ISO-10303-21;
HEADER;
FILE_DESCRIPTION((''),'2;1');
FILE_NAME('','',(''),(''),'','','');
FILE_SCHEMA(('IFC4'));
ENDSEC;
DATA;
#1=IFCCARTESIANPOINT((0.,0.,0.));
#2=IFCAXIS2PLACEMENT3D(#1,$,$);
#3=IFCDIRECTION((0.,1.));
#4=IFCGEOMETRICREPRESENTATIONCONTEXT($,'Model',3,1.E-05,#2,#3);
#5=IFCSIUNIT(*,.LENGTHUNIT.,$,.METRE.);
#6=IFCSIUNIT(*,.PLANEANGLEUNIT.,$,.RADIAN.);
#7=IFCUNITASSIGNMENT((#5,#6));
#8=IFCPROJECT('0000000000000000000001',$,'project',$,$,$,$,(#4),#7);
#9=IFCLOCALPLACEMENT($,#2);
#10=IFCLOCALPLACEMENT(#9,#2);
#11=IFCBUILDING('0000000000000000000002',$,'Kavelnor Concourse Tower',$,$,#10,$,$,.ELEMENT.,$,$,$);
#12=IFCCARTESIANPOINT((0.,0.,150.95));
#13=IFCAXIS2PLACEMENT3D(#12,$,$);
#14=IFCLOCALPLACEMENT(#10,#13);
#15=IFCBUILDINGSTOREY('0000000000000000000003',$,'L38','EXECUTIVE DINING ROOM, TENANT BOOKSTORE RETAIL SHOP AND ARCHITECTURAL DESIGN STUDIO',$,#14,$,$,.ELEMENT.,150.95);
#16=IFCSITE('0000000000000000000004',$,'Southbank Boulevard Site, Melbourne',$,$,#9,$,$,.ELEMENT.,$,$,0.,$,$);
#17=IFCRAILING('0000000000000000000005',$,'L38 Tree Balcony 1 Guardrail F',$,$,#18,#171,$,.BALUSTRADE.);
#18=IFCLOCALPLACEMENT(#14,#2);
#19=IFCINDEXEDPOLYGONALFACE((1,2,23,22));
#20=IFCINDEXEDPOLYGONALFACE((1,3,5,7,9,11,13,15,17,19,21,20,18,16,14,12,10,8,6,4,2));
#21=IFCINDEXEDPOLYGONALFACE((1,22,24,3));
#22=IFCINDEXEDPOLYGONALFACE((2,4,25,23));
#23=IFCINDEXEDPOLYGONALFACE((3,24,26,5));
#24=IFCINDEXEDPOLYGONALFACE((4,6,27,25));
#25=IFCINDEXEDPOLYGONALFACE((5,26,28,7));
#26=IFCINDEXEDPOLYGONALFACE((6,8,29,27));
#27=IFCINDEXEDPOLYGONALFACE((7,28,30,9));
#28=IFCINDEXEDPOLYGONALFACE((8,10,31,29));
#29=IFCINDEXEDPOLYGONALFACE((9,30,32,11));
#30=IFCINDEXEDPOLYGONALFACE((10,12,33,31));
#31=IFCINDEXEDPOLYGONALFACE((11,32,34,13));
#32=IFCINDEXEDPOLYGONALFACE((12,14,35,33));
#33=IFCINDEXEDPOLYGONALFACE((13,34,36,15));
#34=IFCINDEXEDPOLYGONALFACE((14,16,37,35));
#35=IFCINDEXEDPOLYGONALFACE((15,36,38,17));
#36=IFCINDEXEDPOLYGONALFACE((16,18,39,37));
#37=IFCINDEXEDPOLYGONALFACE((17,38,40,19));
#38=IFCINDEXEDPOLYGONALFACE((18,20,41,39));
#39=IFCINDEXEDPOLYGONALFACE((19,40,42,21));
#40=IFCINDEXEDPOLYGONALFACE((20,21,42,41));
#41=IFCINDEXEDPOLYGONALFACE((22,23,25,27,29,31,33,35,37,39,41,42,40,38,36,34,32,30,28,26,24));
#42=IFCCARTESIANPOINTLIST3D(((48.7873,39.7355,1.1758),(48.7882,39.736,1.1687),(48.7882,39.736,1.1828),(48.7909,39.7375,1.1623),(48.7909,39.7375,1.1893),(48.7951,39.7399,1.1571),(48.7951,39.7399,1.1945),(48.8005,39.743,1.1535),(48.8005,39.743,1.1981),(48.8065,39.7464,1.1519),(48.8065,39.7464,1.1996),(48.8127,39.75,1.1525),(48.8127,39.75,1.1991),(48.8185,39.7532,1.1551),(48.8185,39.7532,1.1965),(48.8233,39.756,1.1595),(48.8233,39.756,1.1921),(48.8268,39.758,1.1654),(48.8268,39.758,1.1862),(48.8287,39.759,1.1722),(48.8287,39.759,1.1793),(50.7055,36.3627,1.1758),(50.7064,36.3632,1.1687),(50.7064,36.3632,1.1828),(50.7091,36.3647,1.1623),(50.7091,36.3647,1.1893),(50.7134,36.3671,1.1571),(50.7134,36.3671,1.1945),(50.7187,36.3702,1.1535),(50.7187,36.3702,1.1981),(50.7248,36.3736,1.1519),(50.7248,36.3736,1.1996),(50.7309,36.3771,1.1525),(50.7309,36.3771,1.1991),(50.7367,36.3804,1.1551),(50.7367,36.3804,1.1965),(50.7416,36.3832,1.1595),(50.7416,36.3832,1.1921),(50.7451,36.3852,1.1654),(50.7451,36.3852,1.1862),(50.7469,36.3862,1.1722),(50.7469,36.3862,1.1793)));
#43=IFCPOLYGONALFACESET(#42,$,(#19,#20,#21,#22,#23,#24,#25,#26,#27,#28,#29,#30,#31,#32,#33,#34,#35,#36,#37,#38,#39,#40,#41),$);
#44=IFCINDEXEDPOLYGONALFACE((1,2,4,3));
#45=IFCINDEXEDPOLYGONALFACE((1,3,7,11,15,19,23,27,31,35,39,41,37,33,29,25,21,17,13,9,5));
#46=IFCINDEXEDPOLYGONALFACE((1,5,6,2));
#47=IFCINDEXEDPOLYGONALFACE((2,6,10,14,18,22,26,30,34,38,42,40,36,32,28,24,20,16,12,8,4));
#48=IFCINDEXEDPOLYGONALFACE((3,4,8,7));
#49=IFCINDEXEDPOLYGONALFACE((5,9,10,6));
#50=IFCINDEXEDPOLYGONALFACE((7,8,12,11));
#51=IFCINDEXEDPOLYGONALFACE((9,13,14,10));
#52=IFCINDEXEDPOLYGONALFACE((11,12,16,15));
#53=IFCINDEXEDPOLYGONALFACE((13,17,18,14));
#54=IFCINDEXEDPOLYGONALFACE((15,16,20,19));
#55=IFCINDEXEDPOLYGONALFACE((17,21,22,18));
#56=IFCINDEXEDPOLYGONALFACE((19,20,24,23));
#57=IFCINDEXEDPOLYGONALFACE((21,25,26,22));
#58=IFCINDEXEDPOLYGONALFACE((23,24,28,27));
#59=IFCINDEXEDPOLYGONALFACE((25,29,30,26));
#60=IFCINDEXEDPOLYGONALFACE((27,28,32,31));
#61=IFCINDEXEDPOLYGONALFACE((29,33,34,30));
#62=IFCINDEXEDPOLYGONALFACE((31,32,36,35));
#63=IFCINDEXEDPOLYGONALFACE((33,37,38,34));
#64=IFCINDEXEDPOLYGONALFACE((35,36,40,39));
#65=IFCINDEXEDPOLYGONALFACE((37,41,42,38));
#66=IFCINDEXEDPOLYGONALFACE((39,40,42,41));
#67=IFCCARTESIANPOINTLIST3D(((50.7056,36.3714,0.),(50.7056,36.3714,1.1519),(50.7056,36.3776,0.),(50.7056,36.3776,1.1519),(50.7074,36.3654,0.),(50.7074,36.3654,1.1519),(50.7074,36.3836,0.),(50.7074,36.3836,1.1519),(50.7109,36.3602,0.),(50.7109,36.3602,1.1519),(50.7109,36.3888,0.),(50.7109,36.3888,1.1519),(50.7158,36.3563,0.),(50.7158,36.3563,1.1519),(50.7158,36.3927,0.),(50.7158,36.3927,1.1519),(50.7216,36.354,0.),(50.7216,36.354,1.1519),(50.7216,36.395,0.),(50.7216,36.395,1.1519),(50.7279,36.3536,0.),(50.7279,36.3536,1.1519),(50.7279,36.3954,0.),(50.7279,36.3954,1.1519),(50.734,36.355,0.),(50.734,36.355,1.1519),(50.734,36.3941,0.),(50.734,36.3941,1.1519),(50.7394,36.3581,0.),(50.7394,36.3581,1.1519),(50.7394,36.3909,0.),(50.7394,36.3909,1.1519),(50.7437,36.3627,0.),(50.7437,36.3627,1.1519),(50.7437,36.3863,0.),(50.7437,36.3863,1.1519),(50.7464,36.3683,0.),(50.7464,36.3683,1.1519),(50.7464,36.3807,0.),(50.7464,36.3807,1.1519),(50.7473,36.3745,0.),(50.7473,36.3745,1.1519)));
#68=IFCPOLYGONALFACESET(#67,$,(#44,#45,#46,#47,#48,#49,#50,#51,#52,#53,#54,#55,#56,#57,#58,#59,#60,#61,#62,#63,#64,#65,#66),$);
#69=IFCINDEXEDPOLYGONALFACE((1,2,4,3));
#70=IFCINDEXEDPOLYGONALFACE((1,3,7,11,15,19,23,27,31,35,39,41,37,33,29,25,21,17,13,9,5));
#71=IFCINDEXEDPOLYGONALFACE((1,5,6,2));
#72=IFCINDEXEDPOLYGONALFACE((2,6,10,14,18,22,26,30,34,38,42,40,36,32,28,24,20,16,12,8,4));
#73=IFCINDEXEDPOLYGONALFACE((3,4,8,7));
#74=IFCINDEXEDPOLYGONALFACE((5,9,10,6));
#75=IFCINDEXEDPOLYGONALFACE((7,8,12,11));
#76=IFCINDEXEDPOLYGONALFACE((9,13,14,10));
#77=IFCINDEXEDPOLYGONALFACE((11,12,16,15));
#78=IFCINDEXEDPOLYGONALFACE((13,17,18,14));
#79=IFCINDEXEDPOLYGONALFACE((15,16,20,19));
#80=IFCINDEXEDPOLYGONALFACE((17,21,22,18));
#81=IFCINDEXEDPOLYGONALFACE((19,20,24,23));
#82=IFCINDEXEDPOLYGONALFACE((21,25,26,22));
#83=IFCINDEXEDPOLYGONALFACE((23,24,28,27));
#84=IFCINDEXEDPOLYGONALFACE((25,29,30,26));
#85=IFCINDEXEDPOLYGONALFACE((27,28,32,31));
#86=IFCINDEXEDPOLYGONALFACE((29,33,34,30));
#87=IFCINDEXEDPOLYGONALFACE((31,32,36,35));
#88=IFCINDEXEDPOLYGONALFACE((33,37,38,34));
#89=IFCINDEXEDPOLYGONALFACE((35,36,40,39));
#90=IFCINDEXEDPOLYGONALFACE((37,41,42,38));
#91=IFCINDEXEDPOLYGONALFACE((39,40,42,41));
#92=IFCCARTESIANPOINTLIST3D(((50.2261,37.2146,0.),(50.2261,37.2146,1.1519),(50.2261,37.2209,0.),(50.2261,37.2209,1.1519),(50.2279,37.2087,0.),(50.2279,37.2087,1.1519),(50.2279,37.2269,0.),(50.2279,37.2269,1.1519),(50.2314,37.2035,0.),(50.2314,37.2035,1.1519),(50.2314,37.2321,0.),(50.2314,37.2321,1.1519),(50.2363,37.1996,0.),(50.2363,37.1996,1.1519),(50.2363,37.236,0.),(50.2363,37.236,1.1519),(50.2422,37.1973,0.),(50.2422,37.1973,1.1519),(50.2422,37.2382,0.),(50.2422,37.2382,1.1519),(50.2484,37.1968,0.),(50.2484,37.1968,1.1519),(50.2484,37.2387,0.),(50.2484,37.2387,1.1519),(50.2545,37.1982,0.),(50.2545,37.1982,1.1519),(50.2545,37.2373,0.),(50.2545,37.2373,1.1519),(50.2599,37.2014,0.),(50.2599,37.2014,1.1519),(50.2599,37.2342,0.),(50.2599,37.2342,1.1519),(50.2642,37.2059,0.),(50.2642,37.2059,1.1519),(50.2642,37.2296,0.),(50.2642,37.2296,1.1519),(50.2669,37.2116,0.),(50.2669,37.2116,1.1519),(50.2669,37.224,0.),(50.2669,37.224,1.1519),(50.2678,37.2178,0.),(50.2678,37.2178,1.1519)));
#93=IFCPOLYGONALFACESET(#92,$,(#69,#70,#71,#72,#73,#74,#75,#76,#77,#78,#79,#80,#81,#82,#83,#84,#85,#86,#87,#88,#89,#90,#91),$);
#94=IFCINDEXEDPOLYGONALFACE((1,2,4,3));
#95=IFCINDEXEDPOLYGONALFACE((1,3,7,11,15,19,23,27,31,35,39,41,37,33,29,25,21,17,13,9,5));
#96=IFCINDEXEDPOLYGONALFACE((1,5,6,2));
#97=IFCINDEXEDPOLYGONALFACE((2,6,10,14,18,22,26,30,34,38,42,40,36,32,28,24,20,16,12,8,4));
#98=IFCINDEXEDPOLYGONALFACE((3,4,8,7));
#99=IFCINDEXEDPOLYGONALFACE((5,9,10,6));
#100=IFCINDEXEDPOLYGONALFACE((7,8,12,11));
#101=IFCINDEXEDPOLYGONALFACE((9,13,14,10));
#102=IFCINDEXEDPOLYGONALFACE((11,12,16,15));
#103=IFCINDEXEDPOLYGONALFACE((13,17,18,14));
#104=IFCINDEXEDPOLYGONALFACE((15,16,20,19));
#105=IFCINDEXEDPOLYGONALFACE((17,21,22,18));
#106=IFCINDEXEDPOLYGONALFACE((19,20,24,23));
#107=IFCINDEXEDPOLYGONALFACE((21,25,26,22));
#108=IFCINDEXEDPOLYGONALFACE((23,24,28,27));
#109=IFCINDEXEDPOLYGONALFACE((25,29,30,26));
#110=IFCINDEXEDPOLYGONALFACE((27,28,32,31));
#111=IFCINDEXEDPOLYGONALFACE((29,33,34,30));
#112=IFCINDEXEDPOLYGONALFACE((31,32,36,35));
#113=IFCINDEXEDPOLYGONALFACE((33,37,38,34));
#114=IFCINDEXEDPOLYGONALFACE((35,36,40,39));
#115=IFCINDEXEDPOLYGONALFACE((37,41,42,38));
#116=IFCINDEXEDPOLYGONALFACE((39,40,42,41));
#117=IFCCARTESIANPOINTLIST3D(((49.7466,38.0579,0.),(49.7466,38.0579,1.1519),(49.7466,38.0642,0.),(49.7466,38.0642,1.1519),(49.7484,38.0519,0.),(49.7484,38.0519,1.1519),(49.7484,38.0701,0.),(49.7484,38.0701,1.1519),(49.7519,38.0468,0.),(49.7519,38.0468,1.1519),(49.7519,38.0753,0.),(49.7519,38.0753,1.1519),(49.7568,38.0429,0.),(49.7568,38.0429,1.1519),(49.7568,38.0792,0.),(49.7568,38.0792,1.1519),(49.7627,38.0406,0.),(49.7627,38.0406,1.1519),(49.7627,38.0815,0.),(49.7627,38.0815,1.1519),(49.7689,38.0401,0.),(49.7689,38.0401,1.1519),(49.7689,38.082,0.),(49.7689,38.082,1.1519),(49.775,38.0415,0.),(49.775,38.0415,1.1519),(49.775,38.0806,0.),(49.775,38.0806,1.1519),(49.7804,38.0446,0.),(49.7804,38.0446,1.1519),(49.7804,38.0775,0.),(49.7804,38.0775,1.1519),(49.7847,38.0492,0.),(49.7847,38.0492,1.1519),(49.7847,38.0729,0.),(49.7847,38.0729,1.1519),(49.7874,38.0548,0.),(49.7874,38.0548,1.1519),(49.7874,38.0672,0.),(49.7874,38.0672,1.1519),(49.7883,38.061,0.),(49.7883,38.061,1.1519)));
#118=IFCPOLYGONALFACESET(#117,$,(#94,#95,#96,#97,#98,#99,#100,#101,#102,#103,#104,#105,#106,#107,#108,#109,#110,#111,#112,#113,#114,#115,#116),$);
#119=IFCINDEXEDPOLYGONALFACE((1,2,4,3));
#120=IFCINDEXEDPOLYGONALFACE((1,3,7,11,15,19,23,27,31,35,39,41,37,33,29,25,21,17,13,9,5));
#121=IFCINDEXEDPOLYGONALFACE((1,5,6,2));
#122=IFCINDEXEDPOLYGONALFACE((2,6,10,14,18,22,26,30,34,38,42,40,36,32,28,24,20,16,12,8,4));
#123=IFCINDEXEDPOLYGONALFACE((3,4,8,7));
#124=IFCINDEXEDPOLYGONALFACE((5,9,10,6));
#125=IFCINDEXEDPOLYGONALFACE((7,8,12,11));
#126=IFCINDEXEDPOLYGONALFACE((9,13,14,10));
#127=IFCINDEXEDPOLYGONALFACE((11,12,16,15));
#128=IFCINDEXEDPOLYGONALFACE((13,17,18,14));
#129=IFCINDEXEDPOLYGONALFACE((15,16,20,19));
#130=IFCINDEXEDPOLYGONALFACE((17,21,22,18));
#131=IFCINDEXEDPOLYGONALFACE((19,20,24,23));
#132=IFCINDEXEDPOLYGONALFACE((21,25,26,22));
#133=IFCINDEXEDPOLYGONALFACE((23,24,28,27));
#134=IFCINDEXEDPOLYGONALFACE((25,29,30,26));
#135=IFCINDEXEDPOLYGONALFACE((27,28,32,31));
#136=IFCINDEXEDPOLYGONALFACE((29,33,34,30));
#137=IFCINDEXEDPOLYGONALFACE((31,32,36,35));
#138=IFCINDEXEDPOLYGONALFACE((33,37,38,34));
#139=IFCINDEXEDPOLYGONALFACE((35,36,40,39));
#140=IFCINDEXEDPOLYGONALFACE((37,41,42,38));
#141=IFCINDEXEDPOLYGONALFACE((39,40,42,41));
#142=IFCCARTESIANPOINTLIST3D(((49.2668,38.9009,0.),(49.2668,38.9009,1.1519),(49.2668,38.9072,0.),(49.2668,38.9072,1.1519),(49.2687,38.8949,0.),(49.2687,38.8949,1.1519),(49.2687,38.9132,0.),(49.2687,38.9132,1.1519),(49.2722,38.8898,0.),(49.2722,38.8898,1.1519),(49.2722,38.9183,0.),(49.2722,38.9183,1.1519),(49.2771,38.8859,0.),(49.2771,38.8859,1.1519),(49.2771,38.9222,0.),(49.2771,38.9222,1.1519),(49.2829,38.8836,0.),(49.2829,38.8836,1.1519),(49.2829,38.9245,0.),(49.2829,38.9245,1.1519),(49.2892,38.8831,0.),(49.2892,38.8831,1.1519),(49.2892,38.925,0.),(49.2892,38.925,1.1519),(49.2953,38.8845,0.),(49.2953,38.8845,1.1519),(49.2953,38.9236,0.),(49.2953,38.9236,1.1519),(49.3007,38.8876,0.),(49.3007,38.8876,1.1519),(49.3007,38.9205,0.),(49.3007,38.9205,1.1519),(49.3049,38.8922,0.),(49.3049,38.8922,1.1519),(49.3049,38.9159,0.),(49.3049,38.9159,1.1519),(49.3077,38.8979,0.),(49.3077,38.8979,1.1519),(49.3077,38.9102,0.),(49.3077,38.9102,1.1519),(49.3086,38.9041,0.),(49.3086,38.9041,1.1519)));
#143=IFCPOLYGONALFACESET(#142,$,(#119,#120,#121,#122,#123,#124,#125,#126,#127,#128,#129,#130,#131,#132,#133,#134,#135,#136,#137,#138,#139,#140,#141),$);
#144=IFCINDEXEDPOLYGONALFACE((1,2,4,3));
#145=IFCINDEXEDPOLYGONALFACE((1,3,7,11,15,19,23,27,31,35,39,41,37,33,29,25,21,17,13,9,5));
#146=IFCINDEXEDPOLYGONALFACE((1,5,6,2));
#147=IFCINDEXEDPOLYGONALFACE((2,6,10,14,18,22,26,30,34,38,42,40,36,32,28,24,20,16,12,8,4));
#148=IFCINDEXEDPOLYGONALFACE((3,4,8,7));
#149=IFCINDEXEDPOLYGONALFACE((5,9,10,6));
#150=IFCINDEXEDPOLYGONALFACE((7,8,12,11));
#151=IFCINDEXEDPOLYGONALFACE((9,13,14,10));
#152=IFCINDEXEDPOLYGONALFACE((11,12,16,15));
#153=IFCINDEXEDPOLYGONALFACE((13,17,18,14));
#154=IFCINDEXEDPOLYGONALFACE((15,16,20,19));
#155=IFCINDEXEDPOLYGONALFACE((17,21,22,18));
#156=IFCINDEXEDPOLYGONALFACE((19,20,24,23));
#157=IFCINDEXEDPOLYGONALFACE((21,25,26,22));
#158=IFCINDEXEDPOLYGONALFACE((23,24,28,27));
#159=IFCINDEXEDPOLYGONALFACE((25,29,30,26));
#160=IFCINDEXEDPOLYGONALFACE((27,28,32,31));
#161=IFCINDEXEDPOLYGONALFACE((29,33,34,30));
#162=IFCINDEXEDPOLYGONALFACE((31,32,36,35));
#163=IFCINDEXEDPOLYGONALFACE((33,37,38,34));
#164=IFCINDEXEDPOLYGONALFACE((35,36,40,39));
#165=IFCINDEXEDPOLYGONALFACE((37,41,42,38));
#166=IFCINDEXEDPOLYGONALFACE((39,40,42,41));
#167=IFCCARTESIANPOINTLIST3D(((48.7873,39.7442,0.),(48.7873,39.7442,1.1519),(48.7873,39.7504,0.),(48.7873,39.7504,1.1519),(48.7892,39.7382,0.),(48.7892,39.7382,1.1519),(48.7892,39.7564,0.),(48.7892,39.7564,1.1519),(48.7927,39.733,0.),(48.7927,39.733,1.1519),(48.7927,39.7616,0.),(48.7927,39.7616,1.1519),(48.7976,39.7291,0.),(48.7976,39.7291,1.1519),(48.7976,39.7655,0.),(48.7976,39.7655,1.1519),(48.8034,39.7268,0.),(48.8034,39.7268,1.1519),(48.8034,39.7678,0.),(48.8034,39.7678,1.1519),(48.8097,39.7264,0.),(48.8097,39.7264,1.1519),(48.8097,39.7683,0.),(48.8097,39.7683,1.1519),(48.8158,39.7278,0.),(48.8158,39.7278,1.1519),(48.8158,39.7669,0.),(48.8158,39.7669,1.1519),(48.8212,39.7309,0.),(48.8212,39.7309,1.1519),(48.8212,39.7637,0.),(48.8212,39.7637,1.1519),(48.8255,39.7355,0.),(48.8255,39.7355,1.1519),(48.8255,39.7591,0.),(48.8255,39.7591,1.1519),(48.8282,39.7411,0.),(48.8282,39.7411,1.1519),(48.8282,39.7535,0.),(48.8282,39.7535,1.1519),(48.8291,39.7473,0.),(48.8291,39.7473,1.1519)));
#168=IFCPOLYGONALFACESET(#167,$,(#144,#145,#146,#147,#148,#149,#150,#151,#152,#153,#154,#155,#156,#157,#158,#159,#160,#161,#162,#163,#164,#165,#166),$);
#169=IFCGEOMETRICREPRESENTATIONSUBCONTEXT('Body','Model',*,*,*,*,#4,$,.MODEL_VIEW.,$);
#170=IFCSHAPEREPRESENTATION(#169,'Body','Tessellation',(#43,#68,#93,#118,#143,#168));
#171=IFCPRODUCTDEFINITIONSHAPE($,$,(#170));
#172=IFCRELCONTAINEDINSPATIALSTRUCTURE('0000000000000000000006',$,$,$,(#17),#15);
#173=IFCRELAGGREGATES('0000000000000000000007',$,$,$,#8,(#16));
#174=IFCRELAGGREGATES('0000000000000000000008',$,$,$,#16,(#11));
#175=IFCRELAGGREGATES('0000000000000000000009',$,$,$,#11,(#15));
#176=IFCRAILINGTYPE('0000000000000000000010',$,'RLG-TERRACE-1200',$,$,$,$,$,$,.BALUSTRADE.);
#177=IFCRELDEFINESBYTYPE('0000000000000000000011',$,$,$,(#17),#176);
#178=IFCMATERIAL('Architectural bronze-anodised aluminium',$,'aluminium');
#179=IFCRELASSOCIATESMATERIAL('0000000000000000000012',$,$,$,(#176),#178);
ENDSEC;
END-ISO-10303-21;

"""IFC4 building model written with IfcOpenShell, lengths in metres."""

from ifc_helpers import new_model, si_unit, direction, frame, origin, origin_2d, place, context, subcontext, project, spatial, circle, extrude, material, type_object, element, save


model = new_model("IFC4")

# Units and contexts
model_context = context("Model", 3, precision=1e-05, world=origin(), true_north=direction((0.0, 1.0)))
body_context = subcontext(model_context, "Body", "Model", "MODEL_VIEW")
ifc_project = project(units=[si_unit("LENGTHUNIT", "METRE"), si_unit("PLANEANGLEUNIT", "RADIAN")], contexts=[model_context])

# Site, building, storey
site_placement = place(None, origin())
site = spatial("IfcSite", under=ifc_project, at=site_placement, Name="Southbank Boulevard Site, Melbourne", CompositionType="ELEMENT", RefElevation=0.0)
building_placement = place(site_placement, origin())
building = spatial("IfcBuilding", under=site, at=building_placement, Name="Kavelnor Concourse Tower", CompositionType="ELEMENT")
storey_placement = place(building_placement, frame((0.0, 0.0, 150.95)))
storey = spatial("IfcBuildingStorey", under=building, at=storey_placement, Name="L38", Description="EXECUTIVE DINING ROOM, TENANT BOOKSTORE RETAIL SHOP AND ARCHITECTURAL DESIGN STUDIO", CompositionType="ELEMENT", Elevation=150.95)

# Railing
ifc_material_1 = material(Name="Architectural bronze-anodised aluminium", Category="aluminium")
railing_type = type_object("IfcRailingType", Name="RLG-TERRACE-1200", PredefinedType="BALUSTRADE", material=ifc_material_1)
railing_1_placement = place(storey_placement, frame((50.7263, 36.3745, 0.0)))
element("IfcRailing", 1, at=railing_1_placement, inside=storey, type_object=railing_type, Name="L38 Tree Balcony 1 Guardrail F", PredefinedType="BALUSTRADE", context=body_context, shape_type="SweptSolid", body=[
    extrude(circle(Radius=0.0239, at=origin_2d()), frame((0.0, 0.0, 1.1758), z_axis=(-0.494369, 0.869252, 0.0), x_axis=(-0.869252, -0.494369, 0.0)), (0.0, 0.0, 1.0), 3.8801),
    extrude(circle(Radius=0.021, at=origin_2d()), origin(), (0.0, 0.0, 1.0), 1.1519),
    extrude(circle(Radius=0.021, at=origin_2d()), frame((-0.4795, 0.8433, 0.0)), (0.0, 0.0, 1.0), 1.1519),
    extrude(circle(Radius=0.021, at=origin_2d()), frame((-0.959, 1.6865, 0.0)), (0.0, 0.0, 1.0), 1.1519),
    extrude(circle(Radius=0.021, at=origin_2d()), frame((-1.4387, 2.5295, 0.0)), (0.0, 0.0, 1.0), 1.1519),
    extrude(circle(Radius=0.021, at=origin_2d()), frame((-1.9182, 3.3728, 0.0)), (0.0, 0.0, 1.0), 1.1519),
])

save(model, "model.ifc")
